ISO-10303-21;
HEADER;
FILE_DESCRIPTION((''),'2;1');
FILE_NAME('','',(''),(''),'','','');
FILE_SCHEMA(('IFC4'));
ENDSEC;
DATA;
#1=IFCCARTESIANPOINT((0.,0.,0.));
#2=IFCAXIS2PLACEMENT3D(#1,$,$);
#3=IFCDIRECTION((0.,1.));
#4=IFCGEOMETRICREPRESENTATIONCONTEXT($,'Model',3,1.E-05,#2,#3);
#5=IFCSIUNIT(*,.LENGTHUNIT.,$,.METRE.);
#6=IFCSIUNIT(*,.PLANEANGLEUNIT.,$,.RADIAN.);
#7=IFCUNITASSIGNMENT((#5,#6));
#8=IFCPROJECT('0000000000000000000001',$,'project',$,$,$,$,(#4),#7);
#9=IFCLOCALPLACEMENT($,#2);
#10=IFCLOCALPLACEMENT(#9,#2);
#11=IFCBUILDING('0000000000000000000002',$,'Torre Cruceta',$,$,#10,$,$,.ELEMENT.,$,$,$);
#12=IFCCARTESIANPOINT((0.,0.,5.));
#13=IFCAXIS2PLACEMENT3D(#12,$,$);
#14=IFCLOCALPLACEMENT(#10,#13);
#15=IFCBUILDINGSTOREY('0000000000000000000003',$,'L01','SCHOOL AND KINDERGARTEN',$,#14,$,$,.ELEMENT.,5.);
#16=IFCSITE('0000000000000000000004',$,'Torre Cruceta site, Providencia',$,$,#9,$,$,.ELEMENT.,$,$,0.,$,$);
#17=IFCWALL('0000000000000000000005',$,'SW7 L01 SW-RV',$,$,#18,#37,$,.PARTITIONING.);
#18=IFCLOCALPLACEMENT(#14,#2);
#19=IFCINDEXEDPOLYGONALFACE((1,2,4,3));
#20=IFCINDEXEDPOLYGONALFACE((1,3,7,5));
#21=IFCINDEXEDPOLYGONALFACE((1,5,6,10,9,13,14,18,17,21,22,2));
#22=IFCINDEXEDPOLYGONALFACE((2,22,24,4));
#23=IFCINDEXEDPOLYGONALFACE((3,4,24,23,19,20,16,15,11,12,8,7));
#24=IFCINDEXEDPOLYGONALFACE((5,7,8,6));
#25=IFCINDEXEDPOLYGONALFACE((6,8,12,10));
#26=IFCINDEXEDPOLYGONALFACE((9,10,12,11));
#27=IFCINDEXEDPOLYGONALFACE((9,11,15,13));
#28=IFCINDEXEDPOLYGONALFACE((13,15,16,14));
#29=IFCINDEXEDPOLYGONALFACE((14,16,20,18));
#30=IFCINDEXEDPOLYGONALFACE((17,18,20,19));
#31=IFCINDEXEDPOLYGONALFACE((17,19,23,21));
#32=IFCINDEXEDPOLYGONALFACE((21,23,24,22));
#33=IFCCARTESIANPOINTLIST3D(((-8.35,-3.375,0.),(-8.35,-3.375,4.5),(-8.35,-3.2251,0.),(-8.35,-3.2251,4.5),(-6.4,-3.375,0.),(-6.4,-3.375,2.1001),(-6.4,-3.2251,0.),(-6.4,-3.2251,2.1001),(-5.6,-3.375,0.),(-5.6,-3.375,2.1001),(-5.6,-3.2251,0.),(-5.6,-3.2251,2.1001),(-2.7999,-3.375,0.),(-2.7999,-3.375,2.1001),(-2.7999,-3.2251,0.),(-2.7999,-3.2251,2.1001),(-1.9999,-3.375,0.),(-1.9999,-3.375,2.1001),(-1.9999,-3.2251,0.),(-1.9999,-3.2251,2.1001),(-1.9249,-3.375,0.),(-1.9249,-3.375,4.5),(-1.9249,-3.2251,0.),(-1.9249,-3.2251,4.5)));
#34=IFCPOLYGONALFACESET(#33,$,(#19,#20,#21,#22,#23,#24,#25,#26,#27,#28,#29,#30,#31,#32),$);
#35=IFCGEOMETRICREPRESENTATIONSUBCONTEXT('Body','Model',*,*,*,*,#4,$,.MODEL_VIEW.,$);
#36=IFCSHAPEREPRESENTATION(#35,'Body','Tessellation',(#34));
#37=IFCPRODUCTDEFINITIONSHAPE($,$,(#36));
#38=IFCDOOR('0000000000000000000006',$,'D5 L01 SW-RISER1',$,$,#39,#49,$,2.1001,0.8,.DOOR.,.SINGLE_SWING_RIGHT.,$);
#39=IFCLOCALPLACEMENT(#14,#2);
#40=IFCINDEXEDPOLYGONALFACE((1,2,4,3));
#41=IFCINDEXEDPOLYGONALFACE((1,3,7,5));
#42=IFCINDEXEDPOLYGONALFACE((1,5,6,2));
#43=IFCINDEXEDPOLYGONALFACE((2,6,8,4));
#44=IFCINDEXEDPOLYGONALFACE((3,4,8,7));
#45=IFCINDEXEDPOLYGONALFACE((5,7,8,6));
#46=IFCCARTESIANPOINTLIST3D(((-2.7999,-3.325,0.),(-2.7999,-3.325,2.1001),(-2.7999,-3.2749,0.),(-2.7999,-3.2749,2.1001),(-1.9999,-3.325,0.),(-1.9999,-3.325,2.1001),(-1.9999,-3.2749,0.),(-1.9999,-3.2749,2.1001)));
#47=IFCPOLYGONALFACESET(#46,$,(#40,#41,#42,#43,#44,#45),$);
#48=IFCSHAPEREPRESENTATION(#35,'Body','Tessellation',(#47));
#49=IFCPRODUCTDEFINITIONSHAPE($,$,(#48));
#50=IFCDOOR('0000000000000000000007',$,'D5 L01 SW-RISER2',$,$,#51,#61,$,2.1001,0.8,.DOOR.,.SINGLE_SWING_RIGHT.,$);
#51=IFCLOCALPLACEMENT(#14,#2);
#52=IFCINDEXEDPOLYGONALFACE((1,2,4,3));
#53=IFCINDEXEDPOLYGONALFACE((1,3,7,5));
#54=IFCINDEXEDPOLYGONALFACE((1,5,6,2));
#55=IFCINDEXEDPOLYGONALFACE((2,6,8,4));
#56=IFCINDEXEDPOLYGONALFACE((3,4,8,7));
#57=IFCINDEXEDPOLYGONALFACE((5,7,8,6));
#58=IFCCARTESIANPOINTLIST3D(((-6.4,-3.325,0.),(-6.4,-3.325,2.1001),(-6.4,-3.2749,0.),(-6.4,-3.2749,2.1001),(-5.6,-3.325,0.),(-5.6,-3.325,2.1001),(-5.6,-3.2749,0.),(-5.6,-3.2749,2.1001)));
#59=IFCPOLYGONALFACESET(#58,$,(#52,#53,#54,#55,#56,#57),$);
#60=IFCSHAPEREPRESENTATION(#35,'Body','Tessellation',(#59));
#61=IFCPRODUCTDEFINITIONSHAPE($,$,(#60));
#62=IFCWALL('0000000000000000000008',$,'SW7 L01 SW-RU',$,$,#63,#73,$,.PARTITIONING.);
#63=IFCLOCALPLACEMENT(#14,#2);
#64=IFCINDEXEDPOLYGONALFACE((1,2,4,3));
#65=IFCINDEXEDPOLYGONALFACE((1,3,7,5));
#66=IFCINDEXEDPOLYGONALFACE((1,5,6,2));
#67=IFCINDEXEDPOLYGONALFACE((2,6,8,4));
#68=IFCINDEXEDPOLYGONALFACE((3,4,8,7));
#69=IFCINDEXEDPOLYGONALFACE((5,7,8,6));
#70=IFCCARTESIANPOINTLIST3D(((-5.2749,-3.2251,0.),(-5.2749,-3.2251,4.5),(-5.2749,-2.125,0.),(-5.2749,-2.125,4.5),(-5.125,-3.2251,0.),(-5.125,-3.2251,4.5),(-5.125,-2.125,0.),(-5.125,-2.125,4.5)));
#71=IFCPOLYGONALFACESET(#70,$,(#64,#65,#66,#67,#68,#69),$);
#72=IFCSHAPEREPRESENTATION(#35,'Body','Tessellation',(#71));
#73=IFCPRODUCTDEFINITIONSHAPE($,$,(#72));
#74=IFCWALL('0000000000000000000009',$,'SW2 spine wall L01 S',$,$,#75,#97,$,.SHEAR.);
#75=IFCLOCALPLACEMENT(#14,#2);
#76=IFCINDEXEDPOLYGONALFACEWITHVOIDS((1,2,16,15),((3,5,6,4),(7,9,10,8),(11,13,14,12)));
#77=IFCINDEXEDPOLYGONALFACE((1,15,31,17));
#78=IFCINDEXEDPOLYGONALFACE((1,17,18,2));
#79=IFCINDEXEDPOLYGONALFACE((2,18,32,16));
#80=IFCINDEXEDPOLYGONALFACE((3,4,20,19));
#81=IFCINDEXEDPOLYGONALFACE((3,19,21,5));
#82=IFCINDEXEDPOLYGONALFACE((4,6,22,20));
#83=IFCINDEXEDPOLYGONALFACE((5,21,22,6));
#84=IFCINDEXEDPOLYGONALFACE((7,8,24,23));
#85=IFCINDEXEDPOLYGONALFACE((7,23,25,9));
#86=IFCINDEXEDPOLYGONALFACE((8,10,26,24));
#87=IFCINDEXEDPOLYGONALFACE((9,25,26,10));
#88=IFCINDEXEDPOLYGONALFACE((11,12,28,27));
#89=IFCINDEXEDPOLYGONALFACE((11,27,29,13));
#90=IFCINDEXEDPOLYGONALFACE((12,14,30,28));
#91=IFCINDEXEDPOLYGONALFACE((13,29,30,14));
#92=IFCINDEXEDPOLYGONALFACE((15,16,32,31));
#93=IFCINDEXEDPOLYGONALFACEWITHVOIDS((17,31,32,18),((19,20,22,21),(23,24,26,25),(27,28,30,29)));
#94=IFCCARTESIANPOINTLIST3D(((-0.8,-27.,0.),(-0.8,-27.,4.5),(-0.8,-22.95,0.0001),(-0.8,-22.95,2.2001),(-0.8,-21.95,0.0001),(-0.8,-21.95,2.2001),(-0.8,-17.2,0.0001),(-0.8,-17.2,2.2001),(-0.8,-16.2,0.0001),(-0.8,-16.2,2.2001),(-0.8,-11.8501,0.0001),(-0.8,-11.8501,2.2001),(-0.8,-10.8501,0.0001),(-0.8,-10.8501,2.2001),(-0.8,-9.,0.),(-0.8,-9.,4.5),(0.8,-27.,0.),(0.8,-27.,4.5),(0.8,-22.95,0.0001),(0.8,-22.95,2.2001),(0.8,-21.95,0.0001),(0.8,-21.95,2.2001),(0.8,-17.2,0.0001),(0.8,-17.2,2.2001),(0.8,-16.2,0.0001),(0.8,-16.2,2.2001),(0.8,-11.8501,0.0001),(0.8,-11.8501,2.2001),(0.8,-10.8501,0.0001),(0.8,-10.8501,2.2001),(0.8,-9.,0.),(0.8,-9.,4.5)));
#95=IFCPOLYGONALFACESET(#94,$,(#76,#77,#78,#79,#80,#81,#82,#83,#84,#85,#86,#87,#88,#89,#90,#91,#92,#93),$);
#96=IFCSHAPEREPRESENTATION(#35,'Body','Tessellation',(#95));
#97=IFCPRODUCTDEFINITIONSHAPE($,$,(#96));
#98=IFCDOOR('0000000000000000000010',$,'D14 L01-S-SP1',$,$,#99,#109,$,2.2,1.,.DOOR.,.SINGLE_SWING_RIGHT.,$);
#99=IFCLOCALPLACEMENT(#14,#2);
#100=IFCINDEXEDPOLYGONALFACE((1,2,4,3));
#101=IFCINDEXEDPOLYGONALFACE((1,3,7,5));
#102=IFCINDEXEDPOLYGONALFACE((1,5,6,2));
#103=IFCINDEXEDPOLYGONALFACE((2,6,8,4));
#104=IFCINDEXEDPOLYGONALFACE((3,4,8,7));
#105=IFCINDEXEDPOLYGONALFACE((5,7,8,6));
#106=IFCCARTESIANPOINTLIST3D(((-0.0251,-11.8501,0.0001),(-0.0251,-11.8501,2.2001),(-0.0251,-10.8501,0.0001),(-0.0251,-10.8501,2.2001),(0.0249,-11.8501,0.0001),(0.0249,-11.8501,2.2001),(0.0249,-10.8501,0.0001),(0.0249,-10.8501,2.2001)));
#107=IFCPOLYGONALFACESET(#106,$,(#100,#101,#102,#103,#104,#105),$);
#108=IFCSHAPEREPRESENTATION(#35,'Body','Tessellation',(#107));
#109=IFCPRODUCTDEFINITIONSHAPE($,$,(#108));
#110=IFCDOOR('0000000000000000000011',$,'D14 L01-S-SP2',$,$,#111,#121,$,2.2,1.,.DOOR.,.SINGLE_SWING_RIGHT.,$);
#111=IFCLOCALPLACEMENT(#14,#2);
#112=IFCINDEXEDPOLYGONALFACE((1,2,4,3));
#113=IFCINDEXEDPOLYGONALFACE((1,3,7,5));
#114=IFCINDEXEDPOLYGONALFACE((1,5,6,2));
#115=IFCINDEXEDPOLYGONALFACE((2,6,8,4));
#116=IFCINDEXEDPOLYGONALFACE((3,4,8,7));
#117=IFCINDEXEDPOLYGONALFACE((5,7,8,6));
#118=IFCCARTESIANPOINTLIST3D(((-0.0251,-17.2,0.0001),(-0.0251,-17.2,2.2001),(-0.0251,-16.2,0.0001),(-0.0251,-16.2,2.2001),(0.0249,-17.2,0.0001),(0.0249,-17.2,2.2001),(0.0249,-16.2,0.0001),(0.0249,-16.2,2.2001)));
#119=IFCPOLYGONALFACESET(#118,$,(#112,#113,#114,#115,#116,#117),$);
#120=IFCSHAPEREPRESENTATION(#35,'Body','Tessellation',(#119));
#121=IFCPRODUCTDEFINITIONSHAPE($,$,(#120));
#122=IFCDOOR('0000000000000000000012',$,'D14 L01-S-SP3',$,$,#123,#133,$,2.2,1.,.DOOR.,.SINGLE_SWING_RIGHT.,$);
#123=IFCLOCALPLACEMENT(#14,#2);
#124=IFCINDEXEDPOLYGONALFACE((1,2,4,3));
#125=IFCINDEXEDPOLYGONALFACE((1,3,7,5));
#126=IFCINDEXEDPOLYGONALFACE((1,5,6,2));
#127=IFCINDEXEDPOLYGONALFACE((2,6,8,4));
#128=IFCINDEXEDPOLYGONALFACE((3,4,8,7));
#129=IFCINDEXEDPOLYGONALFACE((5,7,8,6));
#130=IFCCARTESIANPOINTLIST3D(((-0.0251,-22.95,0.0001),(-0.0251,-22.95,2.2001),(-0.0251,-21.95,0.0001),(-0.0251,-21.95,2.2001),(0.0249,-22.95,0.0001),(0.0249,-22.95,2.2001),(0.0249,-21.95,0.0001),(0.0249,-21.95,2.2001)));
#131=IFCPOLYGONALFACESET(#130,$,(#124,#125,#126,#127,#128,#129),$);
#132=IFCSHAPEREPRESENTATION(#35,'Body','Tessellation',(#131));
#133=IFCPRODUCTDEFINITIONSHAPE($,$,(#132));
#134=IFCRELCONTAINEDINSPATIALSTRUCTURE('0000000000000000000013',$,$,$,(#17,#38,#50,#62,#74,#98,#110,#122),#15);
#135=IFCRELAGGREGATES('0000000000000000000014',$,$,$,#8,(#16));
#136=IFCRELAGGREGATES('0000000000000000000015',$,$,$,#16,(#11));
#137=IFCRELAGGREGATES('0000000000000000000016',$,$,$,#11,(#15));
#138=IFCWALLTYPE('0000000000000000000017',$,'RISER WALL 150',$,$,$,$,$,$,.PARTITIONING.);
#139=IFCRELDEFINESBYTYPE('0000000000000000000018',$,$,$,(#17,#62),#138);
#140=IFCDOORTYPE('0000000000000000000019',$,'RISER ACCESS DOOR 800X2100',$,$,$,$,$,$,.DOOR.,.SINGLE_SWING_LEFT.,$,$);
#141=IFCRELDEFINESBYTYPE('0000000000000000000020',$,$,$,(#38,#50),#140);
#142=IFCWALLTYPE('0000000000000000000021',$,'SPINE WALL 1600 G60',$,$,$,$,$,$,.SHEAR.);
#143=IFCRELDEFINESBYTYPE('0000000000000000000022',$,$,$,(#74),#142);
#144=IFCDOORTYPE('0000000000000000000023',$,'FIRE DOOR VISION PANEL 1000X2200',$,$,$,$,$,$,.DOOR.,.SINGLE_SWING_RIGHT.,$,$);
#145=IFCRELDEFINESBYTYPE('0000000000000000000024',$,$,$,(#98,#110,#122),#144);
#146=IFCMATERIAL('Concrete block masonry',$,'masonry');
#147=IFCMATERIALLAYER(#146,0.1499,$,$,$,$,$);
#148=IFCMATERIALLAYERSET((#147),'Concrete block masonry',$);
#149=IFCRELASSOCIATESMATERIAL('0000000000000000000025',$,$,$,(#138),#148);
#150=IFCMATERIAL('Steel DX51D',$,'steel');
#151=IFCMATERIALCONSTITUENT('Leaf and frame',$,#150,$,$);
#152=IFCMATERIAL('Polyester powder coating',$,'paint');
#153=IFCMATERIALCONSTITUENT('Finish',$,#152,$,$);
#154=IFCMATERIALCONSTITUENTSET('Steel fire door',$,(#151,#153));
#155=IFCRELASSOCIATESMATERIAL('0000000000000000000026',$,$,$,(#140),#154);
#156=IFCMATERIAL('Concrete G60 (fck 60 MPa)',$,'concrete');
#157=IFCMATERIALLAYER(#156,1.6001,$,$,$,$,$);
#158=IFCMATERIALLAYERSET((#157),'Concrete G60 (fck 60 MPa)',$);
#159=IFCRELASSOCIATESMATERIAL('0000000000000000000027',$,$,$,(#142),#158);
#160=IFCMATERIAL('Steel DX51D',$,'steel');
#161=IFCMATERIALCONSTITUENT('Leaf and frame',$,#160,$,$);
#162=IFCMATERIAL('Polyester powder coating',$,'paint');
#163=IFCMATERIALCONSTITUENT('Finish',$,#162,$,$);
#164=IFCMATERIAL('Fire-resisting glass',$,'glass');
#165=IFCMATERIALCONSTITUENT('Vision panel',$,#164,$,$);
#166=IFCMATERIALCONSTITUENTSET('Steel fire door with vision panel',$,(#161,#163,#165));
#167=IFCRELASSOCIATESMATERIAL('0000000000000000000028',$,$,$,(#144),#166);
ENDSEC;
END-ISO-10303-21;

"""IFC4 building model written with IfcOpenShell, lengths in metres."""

from ifc_helpers import new_model, si_unit, direction, frame, frame_2d, origin, place, context, subcontext, project, spatial, rectangle, extrude, material, layer, layer_set, constituent, constituent_set, type_object, element, fill, save


model = new_model("IFC4")

# Units and contexts
model_context = context("Model", 3, precision=1e-05, world=origin(), true_north=direction((0.0, 1.0)))
body_context = subcontext(model_context, "Body", "Model", "MODEL_VIEW")
ifc_project = project(units=[si_unit("LENGTHUNIT", "METRE"), si_unit("PLANEANGLEUNIT", "RADIAN")], contexts=[model_context])

# Site, building, storey
site_placement = place(None, origin())
site = spatial("IfcSite", under=ifc_project, at=site_placement, Name="Torre Cruceta site, Providencia", CompositionType="ELEMENT", RefElevation=0.0)
building_placement = place(site_placement, origin())
building = spatial("IfcBuilding", under=site, at=building_placement, Name="Torre Cruceta", CompositionType="ELEMENT")
storey_placement = place(building_placement, frame((0.0, 0.0, 5.0)))
storey = spatial("IfcBuildingStorey", under=building, at=storey_placement, Name="L01", Description="SCHOOL AND KINDERGARTEN", CompositionType="ELEMENT", Elevation=5.0)

# Wall, openings, doors
ifc_material_1 = material(Name="Concrete block masonry", Category="masonry")
ifc_layer_1 = layer(ifc_material_1, 0.1499)
ifc_layer_set_1 = layer_set([ifc_layer_1], Name="Concrete block masonry")
wall_type_1 = type_object("IfcWallType", Name="RISER WALL 150", PredefinedType="PARTITIONING", material=ifc_layer_set_1)
wall_1_placement = place(storey_placement, frame((-1.925, -3.3, 0.0), z_axis=(0.0, 0.0, 1.0), x_axis=(-1.0, 0.0, 0.0)))
wall_1 = element("IfcWall", 1, at=wall_1_placement, inside=storey, type_object=wall_type_1, Name="SW7 L01 SW-RV", PredefinedType="PARTITIONING", context=body_context, shape_type="SweptSolid", body=[
    extrude(rectangle(XDim=6.425, YDim=0.1499, at=frame_2d((3.2124, 0.0))), origin(), (0.0, 0.0, 1.0), 4.5),
])
opening_1_placement = place(wall_1_placement, frame((0.075, 0.0, 0.0)))
opening_1 = element("IfcOpeningElement", 2, at=opening_1_placement, cuts=wall_1, PredefinedType="OPENING", context=body_context, shape_type="SweptSolid", body=[
    extrude(rectangle(XDim=0.8, YDim=2.1001, at=frame_2d((0.3999, 1.05))), frame((0.0, 0.085, 0.0), z_axis=(0.0, -1.0, 0.0), x_axis=(1.0, 0.0, 0.0)), (0.0, 0.0, 1.0), 0.1699),
])
opening_2_placement = place(wall_1_placement, frame((3.675, 0.0, 0.0)))
opening_2 = element("IfcOpeningElement", 3, at=opening_2_placement, cuts=wall_1, PredefinedType="OPENING", context=body_context, shape_type="SweptSolid", body=[
    extrude(rectangle(XDim=0.8, YDim=2.1001, at=frame_2d((0.3999, 1.05))), frame((0.0, 0.085, 0.0), z_axis=(0.0, -1.0, 0.0), x_axis=(1.0, 0.0, 0.0)), (0.0, 0.0, 1.0), 0.1699),
])
ifc_material_2 = material(Name="Steel DX51D", Category="steel")
ifc_constituent_1 = constituent(ifc_material_2, Name="Leaf and frame")
ifc_material_3 = material(Name="Polyester powder coating", Category="paint")
ifc_constituent_2 = constituent(ifc_material_3, Name="Finish")
ifc_constituent_set_1 = constituent_set(constituents=[ifc_constituent_1, ifc_constituent_2], Name="Steel fire door")
door_type_1 = type_object("IfcDoorType", Name="RISER ACCESS DOOR 800X2100", OperationType="SINGLE_SWING_LEFT", PredefinedType="DOOR", material=ifc_constituent_set_1)
door_1_placement = place(opening_1_placement, frame((0.8, 0.0, 0.0), z_axis=(0.0, 0.0, 1.0), x_axis=(-1.0, 0.0, 0.0)))
door_1 = element("IfcDoor", 4, at=door_1_placement, inside=storey, type_object=door_type_1, Name="D5 L01 SW-RISER1", OperationType="SINGLE_SWING_RIGHT", OverallHeight=2.1001, OverallWidth=0.8, PredefinedType="DOOR", context=body_context, shape_type="SweptSolid", body=[
    extrude(rectangle(XDim=0.8, YDim=2.1001, at=frame_2d((0.4001, 1.05))), frame((0.0, 0.0251, 0.0), z_axis=(0.0, -1.0, 0.0), x_axis=(1.0, 0.0, 0.0)), (0.0, 0.0, 1.0), 0.05),
])
fill(opening_1, door_1)
door_2_placement = place(opening_2_placement, frame((0.8, 0.0, 0.0), z_axis=(0.0, 0.0, 1.0), x_axis=(-1.0, 0.0, 0.0)))
door_2 = element("IfcDoor", 5, at=door_2_placement, inside=storey, type_object=door_type_1, Name="D5 L01 SW-RISER2", OperationType="SINGLE_SWING_RIGHT", OverallHeight=2.1001, OverallWidth=0.8, PredefinedType="DOOR", context=body_context, shape_type="SweptSolid", body=[
    extrude(rectangle(XDim=0.8, YDim=2.1001, at=frame_2d((0.4001, 1.05))), frame((0.0, 0.0251, 0.0), z_axis=(0.0, -1.0, 0.0), x_axis=(1.0, 0.0, 0.0)), (0.0, 0.0, 1.0), 0.05),
])
fill(opening_2, door_2)

# Wall
wall_2_placement = place(storey_placement, frame((-5.2, -2.125, 0.0), z_axis=(0.0, 0.0, 1.0), x_axis=(0.0, -1.0, 0.0)))
element("IfcWall", 6, at=wall_2_placement, inside=storey, type_object=wall_type_1, Name="SW7 L01 SW-RU", PredefinedType="PARTITIONING", context=body_context, shape_type="SweptSolid", body=[
    extrude(rectangle(XDim=1.1001, YDim=0.1499, at=frame_2d((0.55, 0.0))), origin(), (0.0, 0.0, 1.0), 4.5),
])

# Wall, openings, doors
ifc_material_4 = material(Name="Concrete G60 (fck 60 MPa)", Category="concrete")
ifc_layer_2 = layer(ifc_material_4, 1.6001)
ifc_layer_set_2 = layer_set([ifc_layer_2], Name="Concrete G60 (fck 60 MPa)")
wall_type_2 = type_object("IfcWallType", Name="SPINE WALL 1600 G60", PredefinedType="SHEAR", material=ifc_layer_set_2)
wall_3_placement = place(storey_placement, frame((0.0, -9.0, 0.0), z_axis=(0.0, 0.0, 1.0), x_axis=(0.0, -1.0, 0.0)))
wall_3 = element("IfcWall", 7, at=wall_3_placement, inside=storey, type_object=wall_type_2, Name="SW2 spine wall L01 S", PredefinedType="SHEAR", context=body_context, shape_type="SweptSolid", body=[
    extrude(rectangle(XDim=18.0, YDim=1.6001, at=frame_2d((9.0, 0.0))), origin(), (0.0, 0.0, 1.0), 4.5),
])
opening_3_placement = place(wall_3_placement, frame((1.8501, 0.0, 0.0)))
opening_3 = element("IfcOpeningElement", 8, at=opening_3_placement, cuts=wall_3, PredefinedType="OPENING", context=body_context, shape_type="SweptSolid", body=[
    extrude(rectangle(XDim=1.0, YDim=2.2, at=frame_2d((0.5, 1.1001))), frame((0.0, 0.8101, 0.0), z_axis=(0.0, -1.0, 0.0), x_axis=(1.0, 0.0, 0.0)), (0.0, 0.0, 1.0), 1.6201),
])
opening_4_placement = place(wall_3_placement, frame((7.2, 0.0, 0.0)))
opening_4 = element("IfcOpeningElement", 9, at=opening_4_placement, cuts=wall_3, PredefinedType="OPENING", context=body_context, shape_type="SweptSolid", body=[
    extrude(rectangle(XDim=1.0, YDim=2.2, at=frame_2d((0.5, 1.1001))), frame((0.0, 0.8101, 0.0), z_axis=(0.0, -1.0, 0.0), x_axis=(1.0, 0.0, 0.0)), (0.0, 0.0, 1.0), 1.6201),
])
opening_5_placement = place(wall_3_placement, frame((12.95, 0.0, 0.0)))
opening_5 = element("IfcOpeningElement", 10, at=opening_5_placement, cuts=wall_3, PredefinedType="OPENING", context=body_context, shape_type="SweptSolid", body=[
    extrude(rectangle(XDim=1.0, YDim=2.2, at=frame_2d((0.5, 1.1001))), frame((0.0, 0.8101, 0.0), z_axis=(0.0, -1.0, 0.0), x_axis=(1.0, 0.0, 0.0)), (0.0, 0.0, 1.0), 1.6201),
])
ifc_material_5 = material(Name="Steel DX51D", Category="steel")
ifc_constituent_3 = constituent(ifc_material_5, Name="Leaf and frame")
ifc_material_6 = material(Name="Polyester powder coating", Category="paint")
ifc_constituent_4 = constituent(ifc_material_6, Name="Finish")
ifc_material_7 = material(Name="Fire-resisting glass", Category="glass")
ifc_constituent_5 = constituent(ifc_material_7, Name="Vision panel")
ifc_constituent_set_2 = constituent_set(constituents=[ifc_constituent_3, ifc_constituent_4, ifc_constituent_5], Name="Steel fire door with vision panel")
door_type_2 = type_object("IfcDoorType", Name="FIRE DOOR VISION PANEL 1000X2200", OperationType="SINGLE_SWING_RIGHT", PredefinedType="DOOR", material=ifc_constituent_set_2)
door_3_placement = place(opening_3_placement, frame((1.0, 0.0, 0.0), z_axis=(0.0, 0.0, 1.0), x_axis=(-1.0, 0.0, 0.0)))
door_3 = element("IfcDoor", 11, at=door_3_placement, inside=storey, type_object=door_type_2, Name="D14 L01-S-SP1", OperationType="SINGLE_SWING_RIGHT", OverallHeight=2.2, OverallWidth=1.0, PredefinedType="DOOR", context=body_context, shape_type="SweptSolid", body=[
    extrude(rectangle(XDim=1.0, YDim=2.2, at=frame_2d((0.5, 1.1001))), frame((0.0, 0.0251, 0.0), z_axis=(0.0, -1.0, 0.0), x_axis=(1.0, 0.0, 0.0)), (0.0, 0.0, 1.0), 0.05),
])
fill(opening_3, door_3)
door_4_placement = place(opening_4_placement, frame((1.0, 0.0, 0.0), z_axis=(0.0, 0.0, 1.0), x_axis=(-1.0, 0.0, 0.0)))
door_4 = element("IfcDoor", 12, at=door_4_placement, inside=storey, type_object=door_type_2, Name="D14 L01-S-SP2", OperationType="SINGLE_SWING_RIGHT", OverallHeight=2.2, OverallWidth=1.0, PredefinedType="DOOR", context=body_context, shape_type="SweptSolid", body=[
    extrude(rectangle(XDim=1.0, YDim=2.2, at=frame_2d((0.5, 1.1001))), frame((0.0, 0.0251, 0.0), z_axis=(0.0, -1.0, 0.0), x_axis=(1.0, 0.0, 0.0)), (0.0, 0.0, 1.0), 0.05),
])
fill(opening_4, door_4)
door_5_placement = place(opening_5_placement, origin())
door_5 = element("IfcDoor", 13, at=door_5_placement, inside=storey, type_object=door_type_2, Name="D14 L01-S-SP3", OperationType="SINGLE_SWING_RIGHT", OverallHeight=2.2, OverallWidth=1.0, PredefinedType="DOOR", context=body_context, shape_type="SweptSolid", body=[
    extrude(rectangle(XDim=1.0, YDim=2.2, at=frame_2d((0.5, 1.1001))), frame((0.0, 0.0249, 0.0), z_axis=(0.0, -1.0, 0.0), x_axis=(1.0, 0.0, 0.0)), (0.0, 0.0, 1.0), 0.05),
])
fill(opening_5, door_5)

save(model, "model.ifc")
